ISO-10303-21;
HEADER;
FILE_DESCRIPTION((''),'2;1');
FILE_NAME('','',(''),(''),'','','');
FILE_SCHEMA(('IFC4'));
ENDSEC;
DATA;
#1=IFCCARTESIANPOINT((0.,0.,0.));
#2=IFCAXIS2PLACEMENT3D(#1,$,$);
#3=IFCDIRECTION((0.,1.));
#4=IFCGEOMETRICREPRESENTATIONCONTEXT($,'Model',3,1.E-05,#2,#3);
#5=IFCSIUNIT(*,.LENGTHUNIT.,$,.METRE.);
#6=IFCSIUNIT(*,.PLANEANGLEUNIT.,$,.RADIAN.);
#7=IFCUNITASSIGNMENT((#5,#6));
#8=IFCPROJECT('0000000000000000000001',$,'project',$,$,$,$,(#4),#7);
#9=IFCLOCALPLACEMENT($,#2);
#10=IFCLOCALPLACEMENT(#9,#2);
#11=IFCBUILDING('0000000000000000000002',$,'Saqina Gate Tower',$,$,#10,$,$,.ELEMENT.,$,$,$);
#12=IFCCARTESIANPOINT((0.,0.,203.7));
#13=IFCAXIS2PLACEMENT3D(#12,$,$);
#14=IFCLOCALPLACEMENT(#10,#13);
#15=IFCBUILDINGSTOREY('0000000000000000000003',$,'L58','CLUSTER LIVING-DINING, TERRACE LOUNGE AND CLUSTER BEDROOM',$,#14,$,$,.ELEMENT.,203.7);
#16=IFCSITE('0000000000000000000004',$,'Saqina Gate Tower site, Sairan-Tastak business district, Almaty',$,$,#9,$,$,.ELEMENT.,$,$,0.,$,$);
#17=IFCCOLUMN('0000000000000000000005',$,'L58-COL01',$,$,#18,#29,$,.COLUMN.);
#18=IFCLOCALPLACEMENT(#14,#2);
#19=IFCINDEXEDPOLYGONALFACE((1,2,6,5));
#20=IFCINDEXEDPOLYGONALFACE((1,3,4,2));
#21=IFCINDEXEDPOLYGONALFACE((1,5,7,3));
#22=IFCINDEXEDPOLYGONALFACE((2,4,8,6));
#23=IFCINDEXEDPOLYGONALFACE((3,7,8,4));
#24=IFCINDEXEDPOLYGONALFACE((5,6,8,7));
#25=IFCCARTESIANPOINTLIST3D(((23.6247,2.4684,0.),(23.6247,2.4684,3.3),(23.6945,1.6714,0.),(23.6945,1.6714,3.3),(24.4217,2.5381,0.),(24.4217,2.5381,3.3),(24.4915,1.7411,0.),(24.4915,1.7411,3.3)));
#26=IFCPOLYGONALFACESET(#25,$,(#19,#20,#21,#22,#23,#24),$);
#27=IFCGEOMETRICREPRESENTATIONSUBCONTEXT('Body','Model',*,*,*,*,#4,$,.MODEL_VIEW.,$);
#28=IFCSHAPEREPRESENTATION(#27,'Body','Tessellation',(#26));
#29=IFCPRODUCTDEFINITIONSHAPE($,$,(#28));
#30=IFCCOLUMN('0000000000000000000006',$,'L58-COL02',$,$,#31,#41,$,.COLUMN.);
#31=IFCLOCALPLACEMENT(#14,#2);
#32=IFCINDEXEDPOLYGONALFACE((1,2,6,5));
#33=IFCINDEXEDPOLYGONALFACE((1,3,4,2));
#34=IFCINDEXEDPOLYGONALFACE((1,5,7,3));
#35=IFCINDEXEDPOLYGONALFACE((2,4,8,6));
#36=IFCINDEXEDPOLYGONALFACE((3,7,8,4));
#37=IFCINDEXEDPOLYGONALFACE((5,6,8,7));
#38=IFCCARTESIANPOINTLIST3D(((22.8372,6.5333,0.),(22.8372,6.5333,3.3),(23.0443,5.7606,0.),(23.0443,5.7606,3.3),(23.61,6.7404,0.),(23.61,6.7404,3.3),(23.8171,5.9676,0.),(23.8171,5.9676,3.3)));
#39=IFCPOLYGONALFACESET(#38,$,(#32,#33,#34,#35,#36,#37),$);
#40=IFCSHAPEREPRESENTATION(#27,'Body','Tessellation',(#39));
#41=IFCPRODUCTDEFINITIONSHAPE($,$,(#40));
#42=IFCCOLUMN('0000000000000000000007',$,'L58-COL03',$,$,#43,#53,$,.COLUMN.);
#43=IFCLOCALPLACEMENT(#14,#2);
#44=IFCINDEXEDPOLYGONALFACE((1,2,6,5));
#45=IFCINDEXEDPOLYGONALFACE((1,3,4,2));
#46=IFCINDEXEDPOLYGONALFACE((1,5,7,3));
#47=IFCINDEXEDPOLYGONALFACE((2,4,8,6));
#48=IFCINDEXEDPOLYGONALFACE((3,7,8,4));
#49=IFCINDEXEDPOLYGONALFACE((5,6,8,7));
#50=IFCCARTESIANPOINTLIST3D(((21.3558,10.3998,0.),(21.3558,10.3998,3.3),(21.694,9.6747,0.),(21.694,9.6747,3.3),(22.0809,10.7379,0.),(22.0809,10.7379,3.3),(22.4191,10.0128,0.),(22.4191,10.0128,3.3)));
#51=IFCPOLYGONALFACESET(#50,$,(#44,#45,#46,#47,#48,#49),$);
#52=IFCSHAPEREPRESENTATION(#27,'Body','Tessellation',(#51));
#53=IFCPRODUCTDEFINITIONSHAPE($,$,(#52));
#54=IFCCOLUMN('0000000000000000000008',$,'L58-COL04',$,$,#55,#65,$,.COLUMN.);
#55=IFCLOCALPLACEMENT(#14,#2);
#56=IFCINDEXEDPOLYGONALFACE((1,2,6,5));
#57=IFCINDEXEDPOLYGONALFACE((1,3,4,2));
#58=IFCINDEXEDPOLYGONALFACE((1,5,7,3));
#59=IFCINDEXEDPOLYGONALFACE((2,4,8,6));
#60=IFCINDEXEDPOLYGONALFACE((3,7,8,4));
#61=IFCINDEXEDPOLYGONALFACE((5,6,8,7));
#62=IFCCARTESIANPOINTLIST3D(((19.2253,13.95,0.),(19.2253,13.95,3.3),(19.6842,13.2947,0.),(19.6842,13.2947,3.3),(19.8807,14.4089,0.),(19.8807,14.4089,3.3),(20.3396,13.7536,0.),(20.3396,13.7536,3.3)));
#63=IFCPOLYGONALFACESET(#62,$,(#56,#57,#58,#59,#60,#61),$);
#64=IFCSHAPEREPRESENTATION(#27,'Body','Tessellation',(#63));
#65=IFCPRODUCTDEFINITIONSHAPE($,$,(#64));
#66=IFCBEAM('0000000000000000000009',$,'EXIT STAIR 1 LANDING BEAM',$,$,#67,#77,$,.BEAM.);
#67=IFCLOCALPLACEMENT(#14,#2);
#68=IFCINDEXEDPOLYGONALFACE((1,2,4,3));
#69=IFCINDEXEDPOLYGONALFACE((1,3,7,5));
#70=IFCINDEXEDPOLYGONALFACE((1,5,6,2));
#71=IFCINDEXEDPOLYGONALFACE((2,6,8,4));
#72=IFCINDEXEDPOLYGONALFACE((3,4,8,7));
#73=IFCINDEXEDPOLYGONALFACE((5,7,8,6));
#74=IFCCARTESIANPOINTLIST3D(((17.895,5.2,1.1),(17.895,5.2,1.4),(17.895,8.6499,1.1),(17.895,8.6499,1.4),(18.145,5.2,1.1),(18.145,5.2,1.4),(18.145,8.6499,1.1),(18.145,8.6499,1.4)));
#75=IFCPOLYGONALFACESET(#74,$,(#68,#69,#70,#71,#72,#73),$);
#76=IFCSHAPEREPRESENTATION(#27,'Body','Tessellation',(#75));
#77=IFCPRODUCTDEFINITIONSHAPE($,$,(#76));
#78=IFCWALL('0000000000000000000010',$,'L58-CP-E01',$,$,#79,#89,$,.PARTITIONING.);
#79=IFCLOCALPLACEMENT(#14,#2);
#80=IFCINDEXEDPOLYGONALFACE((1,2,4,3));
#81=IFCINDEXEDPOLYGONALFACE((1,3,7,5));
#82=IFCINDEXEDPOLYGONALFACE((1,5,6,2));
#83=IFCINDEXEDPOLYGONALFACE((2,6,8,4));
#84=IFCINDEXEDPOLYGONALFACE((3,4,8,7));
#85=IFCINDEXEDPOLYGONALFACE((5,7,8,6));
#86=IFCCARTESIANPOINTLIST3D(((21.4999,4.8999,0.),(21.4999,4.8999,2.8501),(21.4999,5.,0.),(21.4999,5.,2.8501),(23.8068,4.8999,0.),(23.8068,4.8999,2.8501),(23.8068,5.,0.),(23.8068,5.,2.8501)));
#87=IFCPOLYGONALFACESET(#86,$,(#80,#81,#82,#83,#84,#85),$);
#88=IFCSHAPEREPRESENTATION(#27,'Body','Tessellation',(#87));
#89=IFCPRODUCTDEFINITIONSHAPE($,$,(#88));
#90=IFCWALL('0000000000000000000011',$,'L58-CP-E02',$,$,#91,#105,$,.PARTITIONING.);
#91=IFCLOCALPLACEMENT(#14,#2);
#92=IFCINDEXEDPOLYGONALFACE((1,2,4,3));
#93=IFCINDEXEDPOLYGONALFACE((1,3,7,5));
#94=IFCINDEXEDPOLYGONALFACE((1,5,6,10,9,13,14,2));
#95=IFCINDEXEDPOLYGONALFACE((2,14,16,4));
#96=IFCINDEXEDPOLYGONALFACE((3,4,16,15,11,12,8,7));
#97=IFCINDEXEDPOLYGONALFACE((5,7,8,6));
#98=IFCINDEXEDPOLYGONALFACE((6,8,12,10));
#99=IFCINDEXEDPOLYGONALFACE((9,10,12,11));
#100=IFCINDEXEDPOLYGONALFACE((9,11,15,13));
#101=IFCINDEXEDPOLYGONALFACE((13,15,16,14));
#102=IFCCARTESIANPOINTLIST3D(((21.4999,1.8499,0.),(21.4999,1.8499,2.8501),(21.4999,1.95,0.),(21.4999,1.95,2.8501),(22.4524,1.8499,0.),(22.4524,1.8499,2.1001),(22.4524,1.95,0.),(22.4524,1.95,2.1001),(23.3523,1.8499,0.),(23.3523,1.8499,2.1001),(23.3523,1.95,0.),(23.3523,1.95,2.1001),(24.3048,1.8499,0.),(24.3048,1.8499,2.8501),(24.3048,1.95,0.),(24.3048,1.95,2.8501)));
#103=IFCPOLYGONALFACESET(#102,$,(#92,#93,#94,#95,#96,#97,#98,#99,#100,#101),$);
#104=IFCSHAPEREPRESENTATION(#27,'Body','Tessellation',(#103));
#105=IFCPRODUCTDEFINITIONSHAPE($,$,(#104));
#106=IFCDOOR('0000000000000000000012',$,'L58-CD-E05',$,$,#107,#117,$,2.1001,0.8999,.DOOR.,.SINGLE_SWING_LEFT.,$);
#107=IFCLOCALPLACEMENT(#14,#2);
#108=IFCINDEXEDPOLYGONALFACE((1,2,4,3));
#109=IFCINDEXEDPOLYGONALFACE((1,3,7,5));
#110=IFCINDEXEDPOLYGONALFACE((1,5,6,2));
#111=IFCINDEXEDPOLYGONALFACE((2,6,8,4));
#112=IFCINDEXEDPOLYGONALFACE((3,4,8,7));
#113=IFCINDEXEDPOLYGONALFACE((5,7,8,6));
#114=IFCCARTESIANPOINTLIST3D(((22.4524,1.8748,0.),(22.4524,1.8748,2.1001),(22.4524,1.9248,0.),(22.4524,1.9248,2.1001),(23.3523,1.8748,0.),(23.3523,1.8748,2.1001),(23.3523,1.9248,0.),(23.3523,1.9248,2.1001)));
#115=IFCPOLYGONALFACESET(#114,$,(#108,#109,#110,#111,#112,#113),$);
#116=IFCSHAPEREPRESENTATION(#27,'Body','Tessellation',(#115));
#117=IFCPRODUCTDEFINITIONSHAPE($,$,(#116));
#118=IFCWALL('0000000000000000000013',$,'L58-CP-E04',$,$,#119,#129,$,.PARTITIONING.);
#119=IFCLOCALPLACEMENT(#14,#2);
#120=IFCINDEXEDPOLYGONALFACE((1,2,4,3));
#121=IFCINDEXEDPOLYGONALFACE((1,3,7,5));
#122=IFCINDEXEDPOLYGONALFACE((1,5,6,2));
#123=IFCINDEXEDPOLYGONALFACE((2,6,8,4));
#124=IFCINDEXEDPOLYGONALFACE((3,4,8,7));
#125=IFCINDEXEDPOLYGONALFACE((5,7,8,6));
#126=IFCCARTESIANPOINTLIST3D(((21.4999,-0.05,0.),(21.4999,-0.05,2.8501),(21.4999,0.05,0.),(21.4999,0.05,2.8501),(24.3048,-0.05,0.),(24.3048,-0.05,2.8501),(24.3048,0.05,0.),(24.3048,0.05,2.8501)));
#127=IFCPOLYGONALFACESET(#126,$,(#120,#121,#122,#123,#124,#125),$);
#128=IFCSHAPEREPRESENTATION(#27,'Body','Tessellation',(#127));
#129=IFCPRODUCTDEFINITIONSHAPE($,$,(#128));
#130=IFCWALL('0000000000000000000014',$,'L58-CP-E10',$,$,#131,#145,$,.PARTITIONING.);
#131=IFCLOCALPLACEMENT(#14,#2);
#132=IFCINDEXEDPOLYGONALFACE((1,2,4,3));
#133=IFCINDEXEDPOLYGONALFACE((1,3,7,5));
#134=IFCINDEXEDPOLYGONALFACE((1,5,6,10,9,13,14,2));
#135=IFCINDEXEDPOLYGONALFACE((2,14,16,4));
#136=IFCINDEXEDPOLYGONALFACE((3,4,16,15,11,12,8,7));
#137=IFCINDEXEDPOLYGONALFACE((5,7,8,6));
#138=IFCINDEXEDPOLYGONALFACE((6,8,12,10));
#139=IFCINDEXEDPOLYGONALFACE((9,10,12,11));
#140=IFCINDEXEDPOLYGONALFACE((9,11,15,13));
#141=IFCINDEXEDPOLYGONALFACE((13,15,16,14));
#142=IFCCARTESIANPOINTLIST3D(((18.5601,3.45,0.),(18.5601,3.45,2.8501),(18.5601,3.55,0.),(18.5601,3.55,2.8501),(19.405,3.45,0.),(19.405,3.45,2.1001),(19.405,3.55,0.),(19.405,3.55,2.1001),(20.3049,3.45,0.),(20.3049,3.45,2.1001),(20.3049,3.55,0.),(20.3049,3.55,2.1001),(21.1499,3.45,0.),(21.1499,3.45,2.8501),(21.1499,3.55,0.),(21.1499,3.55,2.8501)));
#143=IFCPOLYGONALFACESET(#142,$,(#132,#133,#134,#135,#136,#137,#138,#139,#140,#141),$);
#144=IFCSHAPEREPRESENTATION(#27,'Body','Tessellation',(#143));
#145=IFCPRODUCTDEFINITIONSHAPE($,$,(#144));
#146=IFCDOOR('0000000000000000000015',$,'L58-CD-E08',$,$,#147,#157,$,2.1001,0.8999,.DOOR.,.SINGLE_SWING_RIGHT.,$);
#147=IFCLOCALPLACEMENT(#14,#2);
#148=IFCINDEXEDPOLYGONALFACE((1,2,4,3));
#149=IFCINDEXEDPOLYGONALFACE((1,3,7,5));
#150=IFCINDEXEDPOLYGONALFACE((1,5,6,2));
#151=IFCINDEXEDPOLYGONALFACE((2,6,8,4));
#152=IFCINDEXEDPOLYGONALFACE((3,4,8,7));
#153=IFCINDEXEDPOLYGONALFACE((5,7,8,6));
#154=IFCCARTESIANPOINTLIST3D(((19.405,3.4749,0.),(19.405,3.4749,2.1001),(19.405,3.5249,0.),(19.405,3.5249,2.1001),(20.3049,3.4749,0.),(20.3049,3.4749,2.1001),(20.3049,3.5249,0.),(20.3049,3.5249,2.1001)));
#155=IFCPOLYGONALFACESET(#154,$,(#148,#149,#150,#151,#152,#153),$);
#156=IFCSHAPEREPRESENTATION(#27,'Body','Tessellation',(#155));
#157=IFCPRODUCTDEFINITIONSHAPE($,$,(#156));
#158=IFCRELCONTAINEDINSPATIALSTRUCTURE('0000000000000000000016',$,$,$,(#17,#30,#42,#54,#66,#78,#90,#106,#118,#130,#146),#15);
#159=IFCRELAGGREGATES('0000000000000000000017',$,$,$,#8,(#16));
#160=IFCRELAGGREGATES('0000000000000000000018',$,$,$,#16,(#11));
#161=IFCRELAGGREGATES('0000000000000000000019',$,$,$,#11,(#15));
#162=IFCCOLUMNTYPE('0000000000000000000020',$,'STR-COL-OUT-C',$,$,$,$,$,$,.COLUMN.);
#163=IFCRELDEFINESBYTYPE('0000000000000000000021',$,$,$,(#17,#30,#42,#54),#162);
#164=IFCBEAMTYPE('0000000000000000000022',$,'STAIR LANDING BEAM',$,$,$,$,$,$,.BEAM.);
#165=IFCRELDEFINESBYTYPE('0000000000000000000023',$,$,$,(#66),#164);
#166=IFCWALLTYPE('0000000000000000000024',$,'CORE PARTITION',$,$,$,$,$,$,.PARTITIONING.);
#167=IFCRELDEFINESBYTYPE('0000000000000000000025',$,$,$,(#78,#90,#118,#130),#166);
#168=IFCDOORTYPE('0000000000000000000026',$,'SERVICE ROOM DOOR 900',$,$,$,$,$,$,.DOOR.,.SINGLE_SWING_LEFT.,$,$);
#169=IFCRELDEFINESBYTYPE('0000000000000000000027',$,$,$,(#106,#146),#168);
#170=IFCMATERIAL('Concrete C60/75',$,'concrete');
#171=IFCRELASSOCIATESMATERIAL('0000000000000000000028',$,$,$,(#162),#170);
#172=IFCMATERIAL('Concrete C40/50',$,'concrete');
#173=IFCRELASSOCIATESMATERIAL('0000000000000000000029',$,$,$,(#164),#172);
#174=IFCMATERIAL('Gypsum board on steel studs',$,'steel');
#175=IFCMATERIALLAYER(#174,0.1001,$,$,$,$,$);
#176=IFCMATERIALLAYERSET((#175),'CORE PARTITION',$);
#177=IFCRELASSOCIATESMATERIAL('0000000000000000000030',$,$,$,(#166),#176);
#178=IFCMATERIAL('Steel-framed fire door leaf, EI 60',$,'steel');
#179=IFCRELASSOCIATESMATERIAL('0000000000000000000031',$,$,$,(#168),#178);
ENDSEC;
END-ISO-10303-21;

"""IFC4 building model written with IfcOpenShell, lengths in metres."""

from ifc_helpers import new_model, si_unit, direction, frame, frame_2d, origin, origin_2d, place, context, subcontext, project, spatial, rectangle, extrude, material, layer, layer_set, material_profile, profile_set, type_object, element, fill, save


model = new_model("IFC4")

# Units and contexts
model_context = context("Model", 3, precision=1e-05, world=origin(), true_north=direction((0.0, 1.0)))
body_context = subcontext(model_context, "Body", "Model", "MODEL_VIEW")
ifc_project = project(units=[si_unit("LENGTHUNIT", "METRE"), si_unit("PLANEANGLEUNIT", "RADIAN")], contexts=[model_context])

# Site, building, storey
site_placement = place(None, origin())
site = spatial("IfcSite", under=ifc_project, at=site_placement, Name="Saqina Gate Tower site, Sairan-Tastak business district, Almaty", CompositionType="ELEMENT", RefElevation=0.0)
building_placement = place(site_placement, origin())
building = spatial("IfcBuilding", under=site, at=building_placement, Name="Saqina Gate Tower", CompositionType="ELEMENT")
storey_placement = place(building_placement, frame((0.0, 0.0, 203.7)))
storey = spatial("IfcBuildingStorey", under=building, at=storey_placement, Name="L58", Description="CLUSTER LIVING-DINING, TERRACE LOUNGE AND CLUSTER BEDROOM", CompositionType="ELEMENT", Elevation=203.7)

# Columns
ifc_material_1 = material(Name="Concrete C60/75", Category="concrete")
ifc_material_profile_1 = material_profile(ifc_material_1, rectangle(XDim=0.8, YDim=0.8, at=origin_2d()), Name="RC 800x800")
ifc_profile_set_1 = profile_set([ifc_material_profile_1], Name="Concrete C60/75")
column_type = type_object("IfcColumnType", Name="STR-COL-OUT-C", PredefinedType="COLUMN", material=ifc_profile_set_1)
for number, where, z_axis, x_axis, name in (
    (1, (24.0581, 2.1047, 0.0), (0.0, 0.0, 1.0), (0.996195, 0.087156, 0.0), "L58-COL01"),
    (2, (23.3271, 6.2505, 0.0), (0.0, 0.0, 1.0), (0.965926, 0.258819, 0.0), "L58-COL02"),
    (3, (21.8875, 10.2063, 0.0), (0.0, 0.0, 1.0), (0.906308, 0.422618, 0.0), "L58-COL03"),
    (4, (19.7825, 13.8518, 0.0), (0.0, 0.0, 1.0), (0.819152, 0.573576, 0.0), "L58-COL04"),
):
    element("IfcColumn", number, at=place(storey_placement, frame(where, z_axis=z_axis, x_axis=x_axis)), inside=storey, type_object=column_type, Name=name, PredefinedType="COLUMN", context=body_context, shape_type="SweptSolid", body=[
        extrude(rectangle(XDim=0.8, YDim=0.8, at=origin_2d()), origin(), (0.0, 0.0, 1.0), 3.3),
    ])

# Beam
ifc_material_2 = material(Name="Concrete C40/50", Category="concrete")
ifc_material_profile_2 = material_profile(ifc_material_2, rectangle(XDim=0.25, YDim=0.3, at=origin_2d()), Name="STAIR LANDING BEAM")
ifc_profile_set_2 = profile_set([ifc_material_profile_2], Name="Concrete C40/50")
beam_type = type_object("IfcBeamType", Name="STAIR LANDING BEAM", PredefinedType="BEAM", material=ifc_profile_set_2)
beam_placement = place(storey_placement, frame((18.02, 5.2, 1.25), z_axis=(0.0, 1.0, 0.0), x_axis=(-1.0, 0.0, 0.0)))
element("IfcBeam", 5, at=beam_placement, inside=storey, type_object=beam_type, Name="EXIT STAIR 1 LANDING BEAM", PredefinedType="BEAM", context=body_context, shape_type="SweptSolid", body=[
    extrude(rectangle(XDim=0.25, YDim=0.3, at=origin_2d()), origin(), (0.0, 0.0, 1.0), 3.45),
])

# Wall
ifc_material_3 = material(Name="Gypsum board on steel studs", Category="steel")
ifc_layer_1 = layer(ifc_material_3, 0.1001)
ifc_layer_set_1 = layer_set([ifc_layer_1], Name="CORE PARTITION")
wall_type_1 = type_object("IfcWallType", Name="CORE PARTITION", PredefinedType="PARTITIONING", material=ifc_layer_set_1)
wall_1_placement = place(storey_placement, frame((21.5, 4.95, 0.0), z_axis=(0.0, 0.0, 1.0), x_axis=(1.0, 0.0, 0.0)))
element("IfcWall", 6, at=wall_1_placement, inside=storey, type_object=wall_type_1, Name="L58-CP-E01", PredefinedType="PARTITIONING", context=body_context, shape_type="SweptSolid", body=[
    extrude(rectangle(XDim=2.3069, YDim=0.1001, at=frame_2d((1.1533, 0.0))), origin(), (0.0, 0.0, 1.0), 2.8501),
])

# Wall, opening, door
wall_2_placement = place(storey_placement, frame((21.5, 1.8999, 0.0), z_axis=(0.0, 0.0, 1.0), x_axis=(1.0, 0.0, 0.0)))
wall_2 = element("IfcWall", 7, at=wall_2_placement, inside=storey, type_object=wall_type_1, Name="L58-CP-E02", PredefinedType="PARTITIONING", context=body_context, shape_type="SweptSolid", body=[
    extrude(rectangle(XDim=2.8049, YDim=0.1001, at=frame_2d((1.4023, 0.0))), origin(), (0.0, 0.0, 1.0), 2.8501),
])
opening_1_placement = place(wall_2_placement, frame((0.9524, 0.0, 0.0)))
opening_1 = element("IfcOpeningElement", 8, at=opening_1_placement, cuts=wall_2, PredefinedType="OPENING", context=body_context, shape_type="SweptSolid", body=[
    extrude(rectangle(XDim=0.8999, YDim=2.1001, at=frame_2d((0.45, 1.05))), frame((0.0, 0.062, 0.0), z_axis=(0.0, -1.0, 0.0), x_axis=(1.0, 0.0, 0.0)), (0.0, 0.0, 1.0), 0.124),
])
ifc_material_4 = material(Name="Steel-framed fire door leaf, EI 60", Category="steel")
door_type_1 = type_object("IfcDoorType", Name="SERVICE ROOM DOOR 900", OperationType="SINGLE_SWING_LEFT", PredefinedType="DOOR", material=ifc_material_4)
door_1_placement = place(opening_1_placement, origin())
door_1 = element("IfcDoor", 9, at=door_1_placement, inside=storey, type_object=door_type_1, Name="L58-CD-E05", OperationType="SINGLE_SWING_LEFT", OverallHeight=2.1001, OverallWidth=0.8999, PredefinedType="DOOR", context=body_context, shape_type="SweptSolid", body=[
    extrude(rectangle(XDim=0.8999, YDim=2.1001, at=frame_2d((0.45, 1.05))), frame((0.0, 0.0249, 0.0), z_axis=(0.0, -1.0, 0.0), x_axis=(1.0, 0.0, 0.0)), (0.0, 0.0, 1.0), 0.05),
])
fill(opening_1, door_1)

# Wall
wall_3_placement = place(storey_placement, frame((21.5, 0.0, 0.0), z_axis=(0.0, 0.0, 1.0), x_axis=(1.0, 0.0, 0.0)))
element("IfcWall", 10, at=wall_3_placement, inside=storey, type_object=wall_type_1, Name="L58-CP-E04", PredefinedType="PARTITIONING", context=body_context, shape_type="SweptSolid", body=[
    extrude(rectangle(XDim=2.8049, YDim=0.1001, at=frame_2d((1.4023, 0.0))), origin(), (0.0, 0.0, 1.0), 2.8501),
])

# Wall, opening, door
wall_4_placement = place(storey_placement, frame((18.5601, 3.5, 0.0), z_axis=(0.0, 0.0, 1.0), x_axis=(1.0, 0.0, 0.0)))
wall_4 = element("IfcWall", 11, at=wall_4_placement, inside=storey, type_object=wall_type_1, Name="L58-CP-E10", PredefinedType="PARTITIONING", context=body_context, shape_type="SweptSolid", body=[
    extrude(rectangle(XDim=2.5898, YDim=0.1001, at=frame_2d((1.2949, 0.0))), origin(), (0.0, 0.0, 1.0), 2.8501),
])
opening_2_placement = place(wall_4_placement, frame((0.845, 0.0, 0.0)))
opening_2 = element("IfcOpeningElement", 12, at=opening_2_placement, cuts=wall_4, PredefinedType="OPENING", context=body_context, shape_type="SweptSolid", body=[
    extrude(rectangle(XDim=0.8999, YDim=2.1001, at=frame_2d((0.45, 1.05))), frame((0.0, 0.062, 0.0), z_axis=(0.0, -1.0, 0.0), x_axis=(1.0, 0.0, 0.0)), (0.0, 0.0, 1.0), 0.124),
])
door_2_placement = place(opening_2_placement, origin())
door_2 = element("IfcDoor", 13, at=door_2_placement, inside=storey, type_object=door_type_1, Name="L58-CD-E08", OperationType="SINGLE_SWING_RIGHT", OverallHeight=2.1001, OverallWidth=0.8999, PredefinedType="DOOR", context=body_context, shape_type="SweptSolid", body=[
    extrude(rectangle(XDim=0.8999, YDim=2.1001, at=frame_2d((0.45, 1.05))), frame((0.0, 0.0249, 0.0), z_axis=(0.0, -1.0, 0.0), x_axis=(1.0, 0.0, 0.0)), (0.0, 0.0, 1.0), 0.05),
])
fill(opening_2, door_2)

save(model, "model.ifc")
